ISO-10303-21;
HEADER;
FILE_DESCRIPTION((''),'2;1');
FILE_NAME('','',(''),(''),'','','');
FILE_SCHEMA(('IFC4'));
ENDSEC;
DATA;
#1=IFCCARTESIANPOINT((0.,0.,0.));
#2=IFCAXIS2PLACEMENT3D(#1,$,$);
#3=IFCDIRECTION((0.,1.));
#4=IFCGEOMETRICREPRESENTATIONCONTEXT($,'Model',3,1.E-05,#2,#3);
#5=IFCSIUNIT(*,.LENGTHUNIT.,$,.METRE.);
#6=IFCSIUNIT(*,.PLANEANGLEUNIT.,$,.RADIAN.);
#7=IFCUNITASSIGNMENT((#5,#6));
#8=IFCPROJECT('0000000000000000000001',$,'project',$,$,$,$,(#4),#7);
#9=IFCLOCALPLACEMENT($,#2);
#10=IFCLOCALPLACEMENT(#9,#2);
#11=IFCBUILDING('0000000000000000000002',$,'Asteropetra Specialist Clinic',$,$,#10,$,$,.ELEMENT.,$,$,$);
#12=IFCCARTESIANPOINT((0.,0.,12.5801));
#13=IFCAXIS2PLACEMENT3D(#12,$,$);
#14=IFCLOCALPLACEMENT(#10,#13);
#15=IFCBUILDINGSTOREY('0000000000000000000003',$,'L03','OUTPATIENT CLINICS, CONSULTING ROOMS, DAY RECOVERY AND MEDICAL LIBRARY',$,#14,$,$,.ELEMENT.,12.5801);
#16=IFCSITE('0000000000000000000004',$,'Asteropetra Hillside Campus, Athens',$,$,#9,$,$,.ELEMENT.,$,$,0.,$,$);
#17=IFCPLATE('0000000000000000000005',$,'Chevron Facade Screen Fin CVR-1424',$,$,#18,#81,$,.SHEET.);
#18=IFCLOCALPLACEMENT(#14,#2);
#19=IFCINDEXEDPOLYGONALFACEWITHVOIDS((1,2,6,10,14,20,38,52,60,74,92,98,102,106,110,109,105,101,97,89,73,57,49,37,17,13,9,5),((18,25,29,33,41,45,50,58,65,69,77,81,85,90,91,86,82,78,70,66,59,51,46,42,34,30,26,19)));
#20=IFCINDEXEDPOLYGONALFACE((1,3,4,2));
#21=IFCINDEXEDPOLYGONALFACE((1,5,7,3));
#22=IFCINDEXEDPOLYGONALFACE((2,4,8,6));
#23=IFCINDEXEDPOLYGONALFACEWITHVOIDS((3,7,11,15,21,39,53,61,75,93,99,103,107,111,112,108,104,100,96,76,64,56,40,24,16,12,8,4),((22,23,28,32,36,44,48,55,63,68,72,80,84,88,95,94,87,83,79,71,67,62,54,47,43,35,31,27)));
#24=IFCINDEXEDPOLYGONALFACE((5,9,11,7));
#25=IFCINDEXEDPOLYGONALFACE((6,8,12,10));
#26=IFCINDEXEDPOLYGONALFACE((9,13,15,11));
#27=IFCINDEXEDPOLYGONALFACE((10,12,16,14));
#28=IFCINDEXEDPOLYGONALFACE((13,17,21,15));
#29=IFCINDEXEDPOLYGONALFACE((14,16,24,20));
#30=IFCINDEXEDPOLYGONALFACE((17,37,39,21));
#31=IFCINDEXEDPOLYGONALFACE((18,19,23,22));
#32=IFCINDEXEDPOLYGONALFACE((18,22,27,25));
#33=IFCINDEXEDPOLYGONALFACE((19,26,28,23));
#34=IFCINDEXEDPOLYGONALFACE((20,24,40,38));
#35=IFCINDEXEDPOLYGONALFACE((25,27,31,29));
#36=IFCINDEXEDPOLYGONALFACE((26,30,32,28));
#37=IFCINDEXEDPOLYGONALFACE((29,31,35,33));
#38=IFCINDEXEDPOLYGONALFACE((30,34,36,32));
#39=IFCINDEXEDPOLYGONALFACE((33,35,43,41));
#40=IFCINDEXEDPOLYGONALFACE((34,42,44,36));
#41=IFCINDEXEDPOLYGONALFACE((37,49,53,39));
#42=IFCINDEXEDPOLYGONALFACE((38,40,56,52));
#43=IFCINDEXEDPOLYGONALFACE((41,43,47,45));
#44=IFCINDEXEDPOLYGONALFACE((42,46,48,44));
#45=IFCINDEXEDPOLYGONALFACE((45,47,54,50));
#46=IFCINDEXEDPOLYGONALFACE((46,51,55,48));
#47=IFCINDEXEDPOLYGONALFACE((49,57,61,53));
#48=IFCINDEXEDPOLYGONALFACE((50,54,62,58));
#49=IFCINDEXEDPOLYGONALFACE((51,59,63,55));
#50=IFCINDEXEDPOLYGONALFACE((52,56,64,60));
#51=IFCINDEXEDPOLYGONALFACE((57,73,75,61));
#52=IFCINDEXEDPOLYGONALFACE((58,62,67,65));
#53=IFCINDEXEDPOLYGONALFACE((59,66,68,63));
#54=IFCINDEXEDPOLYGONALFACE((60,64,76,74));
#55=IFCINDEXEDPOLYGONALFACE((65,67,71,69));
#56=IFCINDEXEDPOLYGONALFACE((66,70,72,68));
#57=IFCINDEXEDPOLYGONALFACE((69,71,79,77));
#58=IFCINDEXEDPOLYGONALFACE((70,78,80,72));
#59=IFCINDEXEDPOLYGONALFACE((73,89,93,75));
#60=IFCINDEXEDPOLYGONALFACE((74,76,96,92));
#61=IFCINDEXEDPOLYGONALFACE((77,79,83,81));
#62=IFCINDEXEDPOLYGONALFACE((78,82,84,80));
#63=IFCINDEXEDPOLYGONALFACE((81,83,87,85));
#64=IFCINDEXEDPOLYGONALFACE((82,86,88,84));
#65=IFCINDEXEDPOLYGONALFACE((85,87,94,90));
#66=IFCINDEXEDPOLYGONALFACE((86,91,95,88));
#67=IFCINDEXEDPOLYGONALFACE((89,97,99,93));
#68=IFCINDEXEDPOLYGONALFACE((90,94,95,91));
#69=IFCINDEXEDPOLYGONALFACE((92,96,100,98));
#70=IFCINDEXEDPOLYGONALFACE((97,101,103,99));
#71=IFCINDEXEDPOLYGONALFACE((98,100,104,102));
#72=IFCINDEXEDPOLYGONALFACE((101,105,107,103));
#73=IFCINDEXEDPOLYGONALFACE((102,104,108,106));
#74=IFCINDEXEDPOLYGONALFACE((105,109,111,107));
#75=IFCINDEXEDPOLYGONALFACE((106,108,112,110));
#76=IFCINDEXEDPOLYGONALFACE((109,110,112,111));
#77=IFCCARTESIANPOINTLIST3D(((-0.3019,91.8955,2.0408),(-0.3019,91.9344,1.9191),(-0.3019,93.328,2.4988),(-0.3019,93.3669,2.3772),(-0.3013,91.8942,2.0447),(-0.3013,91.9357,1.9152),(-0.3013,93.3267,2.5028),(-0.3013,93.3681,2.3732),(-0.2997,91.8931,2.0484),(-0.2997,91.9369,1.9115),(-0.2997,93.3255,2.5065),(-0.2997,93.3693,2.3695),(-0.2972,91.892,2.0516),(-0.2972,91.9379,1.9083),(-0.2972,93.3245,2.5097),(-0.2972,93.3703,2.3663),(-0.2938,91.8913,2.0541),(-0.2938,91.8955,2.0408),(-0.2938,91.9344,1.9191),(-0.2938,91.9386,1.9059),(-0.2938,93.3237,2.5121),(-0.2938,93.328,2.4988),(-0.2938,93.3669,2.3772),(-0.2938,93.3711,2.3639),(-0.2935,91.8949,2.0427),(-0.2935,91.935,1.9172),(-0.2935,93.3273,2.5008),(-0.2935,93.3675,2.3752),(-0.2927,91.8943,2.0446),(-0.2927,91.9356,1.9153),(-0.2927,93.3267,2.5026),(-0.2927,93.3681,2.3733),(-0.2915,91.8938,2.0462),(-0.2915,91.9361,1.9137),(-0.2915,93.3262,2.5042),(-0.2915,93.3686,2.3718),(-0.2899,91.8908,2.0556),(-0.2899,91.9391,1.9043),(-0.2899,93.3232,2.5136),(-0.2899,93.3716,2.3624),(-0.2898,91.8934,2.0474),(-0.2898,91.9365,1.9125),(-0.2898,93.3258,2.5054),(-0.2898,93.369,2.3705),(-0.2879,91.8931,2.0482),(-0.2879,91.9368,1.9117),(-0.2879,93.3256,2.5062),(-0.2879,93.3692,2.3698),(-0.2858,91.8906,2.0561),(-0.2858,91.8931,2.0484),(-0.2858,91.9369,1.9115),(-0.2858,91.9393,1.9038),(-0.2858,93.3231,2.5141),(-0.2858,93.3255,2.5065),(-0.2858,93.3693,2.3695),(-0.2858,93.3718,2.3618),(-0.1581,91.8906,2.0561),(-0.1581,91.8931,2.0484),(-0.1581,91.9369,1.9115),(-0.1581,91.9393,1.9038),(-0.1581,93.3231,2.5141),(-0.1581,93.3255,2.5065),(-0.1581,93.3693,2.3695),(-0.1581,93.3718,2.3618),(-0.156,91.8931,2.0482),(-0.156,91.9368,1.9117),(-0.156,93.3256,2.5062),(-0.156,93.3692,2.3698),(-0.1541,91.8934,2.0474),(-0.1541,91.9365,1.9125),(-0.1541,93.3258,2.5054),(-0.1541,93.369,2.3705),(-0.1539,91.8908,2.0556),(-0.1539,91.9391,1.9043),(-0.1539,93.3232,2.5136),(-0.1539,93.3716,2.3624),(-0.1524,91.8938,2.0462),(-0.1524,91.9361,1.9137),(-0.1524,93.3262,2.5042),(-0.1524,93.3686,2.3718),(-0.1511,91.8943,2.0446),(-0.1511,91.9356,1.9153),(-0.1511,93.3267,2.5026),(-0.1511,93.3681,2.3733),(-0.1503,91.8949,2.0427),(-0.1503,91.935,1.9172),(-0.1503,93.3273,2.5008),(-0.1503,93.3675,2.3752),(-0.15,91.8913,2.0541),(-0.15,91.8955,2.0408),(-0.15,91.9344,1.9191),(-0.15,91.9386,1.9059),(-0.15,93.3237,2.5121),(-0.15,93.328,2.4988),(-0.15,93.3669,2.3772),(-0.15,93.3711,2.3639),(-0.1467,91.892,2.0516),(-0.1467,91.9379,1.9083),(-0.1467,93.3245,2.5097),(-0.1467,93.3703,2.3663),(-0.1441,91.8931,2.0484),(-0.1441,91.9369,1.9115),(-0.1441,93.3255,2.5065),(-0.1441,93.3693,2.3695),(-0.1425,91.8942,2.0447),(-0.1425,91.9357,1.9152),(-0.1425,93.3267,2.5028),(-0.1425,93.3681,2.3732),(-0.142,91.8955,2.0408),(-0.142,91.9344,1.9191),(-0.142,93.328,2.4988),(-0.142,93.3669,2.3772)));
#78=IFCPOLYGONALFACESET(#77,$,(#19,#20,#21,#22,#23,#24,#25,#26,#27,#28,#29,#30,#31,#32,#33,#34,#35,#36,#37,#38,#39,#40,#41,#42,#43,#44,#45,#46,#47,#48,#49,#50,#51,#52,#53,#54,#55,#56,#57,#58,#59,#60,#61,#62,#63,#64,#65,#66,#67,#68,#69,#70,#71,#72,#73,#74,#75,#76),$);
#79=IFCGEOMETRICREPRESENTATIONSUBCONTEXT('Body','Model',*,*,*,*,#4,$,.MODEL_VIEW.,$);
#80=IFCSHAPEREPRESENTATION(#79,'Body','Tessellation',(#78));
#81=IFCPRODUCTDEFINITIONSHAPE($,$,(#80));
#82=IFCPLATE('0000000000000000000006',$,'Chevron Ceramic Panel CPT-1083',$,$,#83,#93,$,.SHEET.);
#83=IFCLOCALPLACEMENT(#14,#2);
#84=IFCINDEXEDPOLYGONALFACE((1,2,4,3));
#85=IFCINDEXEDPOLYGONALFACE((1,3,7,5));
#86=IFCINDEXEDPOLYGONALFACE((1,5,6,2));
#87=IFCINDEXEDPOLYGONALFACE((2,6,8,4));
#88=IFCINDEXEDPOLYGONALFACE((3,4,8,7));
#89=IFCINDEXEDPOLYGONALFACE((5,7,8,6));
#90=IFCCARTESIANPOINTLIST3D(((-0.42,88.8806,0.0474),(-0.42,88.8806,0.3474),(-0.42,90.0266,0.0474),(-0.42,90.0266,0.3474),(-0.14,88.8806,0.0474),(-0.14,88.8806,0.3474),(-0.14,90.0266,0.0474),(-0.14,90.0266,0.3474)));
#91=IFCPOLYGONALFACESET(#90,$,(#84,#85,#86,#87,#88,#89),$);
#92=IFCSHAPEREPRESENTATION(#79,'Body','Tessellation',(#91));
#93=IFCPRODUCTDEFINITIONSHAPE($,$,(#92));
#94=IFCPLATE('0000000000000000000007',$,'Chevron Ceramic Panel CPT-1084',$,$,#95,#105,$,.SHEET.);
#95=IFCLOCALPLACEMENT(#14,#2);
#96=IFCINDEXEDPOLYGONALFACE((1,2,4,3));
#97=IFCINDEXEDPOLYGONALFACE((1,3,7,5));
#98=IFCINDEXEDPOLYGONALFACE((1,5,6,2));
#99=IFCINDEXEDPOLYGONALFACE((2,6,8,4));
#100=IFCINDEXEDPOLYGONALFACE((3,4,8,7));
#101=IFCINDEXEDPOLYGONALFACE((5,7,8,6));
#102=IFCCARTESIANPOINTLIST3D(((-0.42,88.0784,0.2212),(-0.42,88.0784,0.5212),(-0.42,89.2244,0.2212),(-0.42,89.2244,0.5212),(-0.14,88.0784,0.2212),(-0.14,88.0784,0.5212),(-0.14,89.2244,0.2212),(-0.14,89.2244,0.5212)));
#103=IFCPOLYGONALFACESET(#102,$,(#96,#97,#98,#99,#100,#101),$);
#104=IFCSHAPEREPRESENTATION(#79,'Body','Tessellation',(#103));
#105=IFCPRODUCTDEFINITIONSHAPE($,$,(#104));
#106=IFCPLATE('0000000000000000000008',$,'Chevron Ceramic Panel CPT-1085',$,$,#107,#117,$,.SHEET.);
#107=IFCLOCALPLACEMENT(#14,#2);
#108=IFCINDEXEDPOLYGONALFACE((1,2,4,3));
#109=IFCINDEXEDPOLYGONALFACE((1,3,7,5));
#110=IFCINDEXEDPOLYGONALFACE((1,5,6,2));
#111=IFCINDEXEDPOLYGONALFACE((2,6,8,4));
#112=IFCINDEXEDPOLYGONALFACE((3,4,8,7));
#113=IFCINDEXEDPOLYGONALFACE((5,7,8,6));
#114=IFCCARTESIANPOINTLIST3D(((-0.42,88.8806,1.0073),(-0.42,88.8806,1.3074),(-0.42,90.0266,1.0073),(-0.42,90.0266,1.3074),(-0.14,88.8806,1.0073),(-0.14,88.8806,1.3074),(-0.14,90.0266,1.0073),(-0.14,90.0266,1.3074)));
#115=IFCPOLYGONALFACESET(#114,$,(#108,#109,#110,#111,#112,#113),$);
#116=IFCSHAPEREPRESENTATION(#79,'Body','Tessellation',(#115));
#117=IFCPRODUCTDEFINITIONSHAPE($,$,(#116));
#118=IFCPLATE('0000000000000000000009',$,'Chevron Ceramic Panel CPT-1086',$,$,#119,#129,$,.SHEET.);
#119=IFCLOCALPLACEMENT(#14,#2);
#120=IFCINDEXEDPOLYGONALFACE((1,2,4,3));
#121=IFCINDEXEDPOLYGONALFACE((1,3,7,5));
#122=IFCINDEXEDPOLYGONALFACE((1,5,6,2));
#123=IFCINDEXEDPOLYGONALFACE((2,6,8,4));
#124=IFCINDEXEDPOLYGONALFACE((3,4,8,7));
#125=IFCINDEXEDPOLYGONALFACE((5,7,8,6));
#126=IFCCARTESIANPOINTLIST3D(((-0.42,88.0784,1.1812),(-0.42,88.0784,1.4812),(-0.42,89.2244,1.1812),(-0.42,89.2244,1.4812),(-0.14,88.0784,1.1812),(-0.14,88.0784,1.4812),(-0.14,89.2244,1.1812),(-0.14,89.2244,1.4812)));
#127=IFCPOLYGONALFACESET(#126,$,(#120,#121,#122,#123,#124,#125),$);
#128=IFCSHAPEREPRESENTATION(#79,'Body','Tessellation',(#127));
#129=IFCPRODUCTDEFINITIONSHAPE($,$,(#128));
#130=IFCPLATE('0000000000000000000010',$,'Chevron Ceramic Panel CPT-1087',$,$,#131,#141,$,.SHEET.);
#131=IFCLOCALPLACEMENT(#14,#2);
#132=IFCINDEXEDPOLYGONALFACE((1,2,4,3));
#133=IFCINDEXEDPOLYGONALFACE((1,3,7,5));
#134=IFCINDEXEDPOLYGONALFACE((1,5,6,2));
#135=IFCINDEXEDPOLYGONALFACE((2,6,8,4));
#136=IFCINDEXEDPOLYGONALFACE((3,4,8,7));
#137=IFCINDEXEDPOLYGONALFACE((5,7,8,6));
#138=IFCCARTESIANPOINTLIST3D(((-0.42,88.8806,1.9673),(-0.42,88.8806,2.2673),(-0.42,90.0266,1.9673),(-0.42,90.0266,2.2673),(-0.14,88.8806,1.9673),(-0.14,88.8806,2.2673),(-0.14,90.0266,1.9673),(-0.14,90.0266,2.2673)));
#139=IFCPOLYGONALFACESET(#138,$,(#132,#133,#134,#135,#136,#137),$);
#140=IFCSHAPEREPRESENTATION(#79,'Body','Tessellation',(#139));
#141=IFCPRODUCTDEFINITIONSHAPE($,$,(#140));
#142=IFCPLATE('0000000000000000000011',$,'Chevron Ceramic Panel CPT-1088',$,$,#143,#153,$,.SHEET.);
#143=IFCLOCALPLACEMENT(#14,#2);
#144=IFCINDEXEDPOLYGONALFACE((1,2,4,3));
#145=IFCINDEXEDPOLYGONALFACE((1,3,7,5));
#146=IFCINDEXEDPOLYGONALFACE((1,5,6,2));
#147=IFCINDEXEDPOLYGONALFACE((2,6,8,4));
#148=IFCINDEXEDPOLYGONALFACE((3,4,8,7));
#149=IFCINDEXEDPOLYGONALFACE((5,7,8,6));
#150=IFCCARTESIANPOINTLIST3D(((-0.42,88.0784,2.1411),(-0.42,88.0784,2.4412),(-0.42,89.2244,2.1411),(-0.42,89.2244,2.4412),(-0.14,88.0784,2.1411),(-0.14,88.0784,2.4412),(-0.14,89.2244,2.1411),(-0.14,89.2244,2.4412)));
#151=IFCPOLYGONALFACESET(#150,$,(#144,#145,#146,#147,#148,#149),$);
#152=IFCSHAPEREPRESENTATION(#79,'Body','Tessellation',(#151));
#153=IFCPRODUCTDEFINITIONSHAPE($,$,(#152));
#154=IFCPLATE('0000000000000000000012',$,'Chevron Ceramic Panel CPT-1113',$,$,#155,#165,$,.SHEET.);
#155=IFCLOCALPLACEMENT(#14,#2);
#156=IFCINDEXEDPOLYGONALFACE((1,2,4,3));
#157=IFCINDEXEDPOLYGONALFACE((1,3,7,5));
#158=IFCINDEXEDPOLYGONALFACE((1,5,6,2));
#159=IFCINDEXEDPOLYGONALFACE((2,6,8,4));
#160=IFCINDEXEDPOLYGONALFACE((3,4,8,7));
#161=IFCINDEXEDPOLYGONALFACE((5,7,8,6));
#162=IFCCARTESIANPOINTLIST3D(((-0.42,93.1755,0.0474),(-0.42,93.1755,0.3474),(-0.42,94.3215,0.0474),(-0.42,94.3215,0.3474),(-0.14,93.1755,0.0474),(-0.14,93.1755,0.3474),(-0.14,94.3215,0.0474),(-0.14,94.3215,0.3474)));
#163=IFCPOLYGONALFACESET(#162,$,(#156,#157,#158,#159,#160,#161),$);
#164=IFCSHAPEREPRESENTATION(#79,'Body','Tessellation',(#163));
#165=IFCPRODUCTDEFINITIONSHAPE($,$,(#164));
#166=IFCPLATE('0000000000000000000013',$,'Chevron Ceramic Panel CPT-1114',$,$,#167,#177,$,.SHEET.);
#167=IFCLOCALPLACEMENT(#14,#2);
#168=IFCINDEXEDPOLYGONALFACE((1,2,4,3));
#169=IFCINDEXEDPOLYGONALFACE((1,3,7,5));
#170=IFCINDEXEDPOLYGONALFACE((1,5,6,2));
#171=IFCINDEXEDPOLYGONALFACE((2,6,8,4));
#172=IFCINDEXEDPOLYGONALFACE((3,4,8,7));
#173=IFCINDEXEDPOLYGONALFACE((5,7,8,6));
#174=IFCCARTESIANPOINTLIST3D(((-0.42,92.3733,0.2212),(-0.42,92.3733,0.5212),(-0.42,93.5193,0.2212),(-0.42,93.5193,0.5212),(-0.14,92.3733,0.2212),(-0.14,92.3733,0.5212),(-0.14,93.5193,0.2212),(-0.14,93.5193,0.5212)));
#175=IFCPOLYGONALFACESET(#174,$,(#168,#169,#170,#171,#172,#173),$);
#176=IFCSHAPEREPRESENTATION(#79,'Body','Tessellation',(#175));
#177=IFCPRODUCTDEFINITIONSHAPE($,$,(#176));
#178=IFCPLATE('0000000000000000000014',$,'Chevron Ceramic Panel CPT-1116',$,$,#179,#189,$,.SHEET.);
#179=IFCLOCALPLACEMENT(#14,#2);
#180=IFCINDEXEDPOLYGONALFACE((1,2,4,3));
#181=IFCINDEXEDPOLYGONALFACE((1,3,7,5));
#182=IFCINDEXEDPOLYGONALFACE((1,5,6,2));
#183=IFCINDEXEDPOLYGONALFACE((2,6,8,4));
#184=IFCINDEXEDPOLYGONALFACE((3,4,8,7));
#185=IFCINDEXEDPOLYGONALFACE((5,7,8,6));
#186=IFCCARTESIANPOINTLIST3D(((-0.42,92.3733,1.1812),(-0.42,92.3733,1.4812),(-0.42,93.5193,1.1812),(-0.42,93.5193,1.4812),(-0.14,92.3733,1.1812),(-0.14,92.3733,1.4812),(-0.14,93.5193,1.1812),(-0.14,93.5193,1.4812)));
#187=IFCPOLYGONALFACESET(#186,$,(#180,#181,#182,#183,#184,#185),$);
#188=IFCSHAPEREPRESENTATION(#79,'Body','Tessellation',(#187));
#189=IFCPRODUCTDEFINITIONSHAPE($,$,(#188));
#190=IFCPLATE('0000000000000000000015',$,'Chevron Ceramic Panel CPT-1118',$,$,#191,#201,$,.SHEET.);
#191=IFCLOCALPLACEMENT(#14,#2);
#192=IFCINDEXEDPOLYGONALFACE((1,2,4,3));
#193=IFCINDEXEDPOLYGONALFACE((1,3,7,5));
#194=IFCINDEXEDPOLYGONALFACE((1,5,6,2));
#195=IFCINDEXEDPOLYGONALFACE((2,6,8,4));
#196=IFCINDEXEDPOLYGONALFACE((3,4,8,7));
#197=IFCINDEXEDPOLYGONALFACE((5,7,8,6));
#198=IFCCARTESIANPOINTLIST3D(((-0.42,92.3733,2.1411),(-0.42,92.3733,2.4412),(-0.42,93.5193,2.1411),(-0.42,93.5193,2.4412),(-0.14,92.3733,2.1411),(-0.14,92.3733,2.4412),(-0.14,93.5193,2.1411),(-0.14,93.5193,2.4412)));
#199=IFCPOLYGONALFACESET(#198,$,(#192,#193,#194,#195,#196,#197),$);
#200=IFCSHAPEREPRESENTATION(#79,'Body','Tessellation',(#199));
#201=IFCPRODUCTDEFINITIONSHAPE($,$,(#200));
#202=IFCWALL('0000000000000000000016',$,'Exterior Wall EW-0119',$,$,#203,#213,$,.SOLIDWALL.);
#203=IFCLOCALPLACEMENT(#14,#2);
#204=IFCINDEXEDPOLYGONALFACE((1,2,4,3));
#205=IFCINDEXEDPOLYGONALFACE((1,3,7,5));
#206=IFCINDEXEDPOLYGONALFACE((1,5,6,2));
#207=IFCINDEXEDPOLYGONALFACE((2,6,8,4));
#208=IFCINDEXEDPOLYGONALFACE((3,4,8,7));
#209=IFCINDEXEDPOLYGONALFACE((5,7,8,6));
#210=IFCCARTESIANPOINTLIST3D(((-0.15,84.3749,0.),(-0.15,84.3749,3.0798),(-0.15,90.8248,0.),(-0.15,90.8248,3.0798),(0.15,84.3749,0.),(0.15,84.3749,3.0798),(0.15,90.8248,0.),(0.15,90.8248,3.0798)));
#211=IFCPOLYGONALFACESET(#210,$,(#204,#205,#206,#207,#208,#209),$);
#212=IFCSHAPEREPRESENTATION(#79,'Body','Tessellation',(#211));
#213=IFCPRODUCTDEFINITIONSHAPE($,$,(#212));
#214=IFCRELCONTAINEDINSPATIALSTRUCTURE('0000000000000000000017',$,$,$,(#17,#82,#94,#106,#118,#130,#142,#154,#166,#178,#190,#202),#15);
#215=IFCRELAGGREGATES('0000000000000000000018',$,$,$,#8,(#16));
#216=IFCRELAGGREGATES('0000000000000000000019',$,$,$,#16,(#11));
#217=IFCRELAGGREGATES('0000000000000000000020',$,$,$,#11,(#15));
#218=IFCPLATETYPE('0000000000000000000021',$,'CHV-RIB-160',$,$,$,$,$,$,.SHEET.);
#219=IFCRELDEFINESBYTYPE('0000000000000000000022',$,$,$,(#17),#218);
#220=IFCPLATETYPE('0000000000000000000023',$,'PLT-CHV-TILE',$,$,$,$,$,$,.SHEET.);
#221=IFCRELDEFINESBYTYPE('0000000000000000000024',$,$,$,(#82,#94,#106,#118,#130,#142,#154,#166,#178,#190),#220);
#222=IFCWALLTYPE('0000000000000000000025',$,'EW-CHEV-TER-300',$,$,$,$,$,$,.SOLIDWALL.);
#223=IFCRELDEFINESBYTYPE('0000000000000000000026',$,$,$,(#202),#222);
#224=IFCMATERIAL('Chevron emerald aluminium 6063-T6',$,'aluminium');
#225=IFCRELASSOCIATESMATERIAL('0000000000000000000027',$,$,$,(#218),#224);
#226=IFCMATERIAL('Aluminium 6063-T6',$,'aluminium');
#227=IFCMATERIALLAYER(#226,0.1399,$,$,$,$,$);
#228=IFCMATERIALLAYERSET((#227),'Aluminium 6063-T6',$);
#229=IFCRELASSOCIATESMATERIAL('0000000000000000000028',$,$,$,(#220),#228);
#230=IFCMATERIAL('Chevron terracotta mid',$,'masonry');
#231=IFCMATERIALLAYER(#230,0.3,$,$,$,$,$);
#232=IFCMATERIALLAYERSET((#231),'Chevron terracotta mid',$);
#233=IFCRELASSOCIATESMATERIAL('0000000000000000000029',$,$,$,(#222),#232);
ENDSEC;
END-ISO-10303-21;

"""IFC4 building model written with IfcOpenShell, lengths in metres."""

from ifc_helpers import new_model, si_unit, direction, frame, frame_2d, origin, origin_2d, place, context, subcontext, project, spatial, rectangle, hollow_rectangle, extrude, material, layer, layer_set, material_profile, profile_set, type_object, element, save


model = new_model("IFC4")

# Units and contexts
model_context = context("Model", 3, precision=1e-05, world=origin(), true_north=direction((0.0, 1.0)))
body_context = subcontext(model_context, "Body", "Model", "MODEL_VIEW")
ifc_project = project(units=[si_unit("LENGTHUNIT", "METRE"), si_unit("PLANEANGLEUNIT", "RADIAN")], contexts=[model_context])

# Site, building, storey
site_placement = place(None, origin())
site = spatial("IfcSite", under=ifc_project, at=site_placement, Name="Asteropetra Hillside Campus, Athens", CompositionType="ELEMENT", RefElevation=0.0)
building_placement = place(site_placement, origin())
building = spatial("IfcBuilding", under=site, at=building_placement, Name="Asteropetra Specialist Clinic", CompositionType="ELEMENT")
storey_placement = place(building_placement, frame((0.0, 0.0, 12.5801)))
storey = spatial("IfcBuildingStorey", under=building, at=storey_placement, Name="L03", Description="OUTPATIENT CLINICS, CONSULTING ROOMS, DAY RECOVERY AND MEDICAL LIBRARY", CompositionType="ELEMENT", Elevation=12.5801)

# Plates
ifc_material_1 = material(Name="Chevron emerald aluminium 6063-T6", Category="aluminium")
ifc_material_profile_1 = material_profile(ifc_material_1, hollow_rectangle(XDim=0.1599, YDim=0.1599, WallThickness=0.0081, InnerFilletRadius=0.0081, OuterFilletRadius=0.0161, at=origin_2d()), Name="SHS 160x160x8.0")
ifc_profile_set_1 = profile_set([ifc_material_profile_1], Name="Chevron emerald aluminium 6063-T6")
plate_type_1 = type_object("IfcPlateType", Name="CHV-RIB-160", PredefinedType="SHEET", material=ifc_profile_set_1)
for number, where, z_axis, x_axis, name in (
    (1, (-0.2219, 93.3474, 2.438), (0.0, -0.952492, -0.304564), (1.0, 0.0, 0.0), "Chevron Facade Screen Fin CVR-1424"),
):
    element("IfcPlate", number, at=place(storey_placement, frame(where, z_axis=z_axis, x_axis=x_axis)), inside=storey, type_object=plate_type_1, Name=name, PredefinedType="SHEET", context=body_context, shape_type="SweptSolid", body=[
        extrude(hollow_rectangle(XDim=0.1599, YDim=0.1599, WallThickness=0.0081, InnerFilletRadius=0.0081, OuterFilletRadius=0.0161, at=origin_2d()), origin(), (0.0, 0.0, 1.0), 1.5039),
    ])
ifc_material_2 = material(Name="Aluminium 6063-T6", Category="aluminium")
ifc_layer_1 = layer(ifc_material_2, 0.1399)
ifc_layer_set_1 = layer_set([ifc_layer_1], Name="Aluminium 6063-T6")
plate_type_2 = type_object("IfcPlateType", Name="PLT-CHV-TILE", PredefinedType="SHEET", material=ifc_layer_set_1)
for number, where, z_axis, x_axis, name in (
    (2, (-0.28, 89.4536, 0.0474), (0.0, 0.0, 1.0), (1.0, 0.0, 0.0), "Chevron Ceramic Panel CPT-1083"),
    (3, (-0.28, 88.6514, 0.2212), (0.0, 0.0, 1.0), (1.0, 0.0, 0.0), "Chevron Ceramic Panel CPT-1084"),
    (4, (-0.28, 89.4536, 1.0073), (0.0, 0.0, 1.0), (1.0, 0.0, 0.0), "Chevron Ceramic Panel CPT-1085"),
    (5, (-0.28, 88.6514, 1.1812), (0.0, 0.0, 1.0), (1.0, 0.0, 0.0), "Chevron Ceramic Panel CPT-1086"),
    (6, (-0.28, 89.4536, 1.9673), (0.0, 0.0, 1.0), (1.0, 0.0, 0.0), "Chevron Ceramic Panel CPT-1087"),
    (7, (-0.28, 88.6514, 2.1411), (0.0, 0.0, 1.0), (1.0, 0.0, 0.0), "Chevron Ceramic Panel CPT-1088"),
    (8, (-0.28, 93.7485, 0.0474), (0.0, 0.0, 1.0), (1.0, 0.0, 0.0), "Chevron Ceramic Panel CPT-1113"),
    (9, (-0.28, 92.9463, 0.2212), (0.0, 0.0, 1.0), (1.0, 0.0, 0.0), "Chevron Ceramic Panel CPT-1114"),
    (10, (-0.28, 92.9463, 1.1812), (0.0, 0.0, 1.0), (1.0, 0.0, 0.0), "Chevron Ceramic Panel CPT-1116"),
    (11, (-0.28, 92.9463, 2.1411), (0.0, 0.0, 1.0), (1.0, 0.0, 0.0), "Chevron Ceramic Panel CPT-1118"),
):
    element("IfcPlate", number, at=place(storey_placement, frame(where, z_axis=z_axis, x_axis=x_axis)), inside=storey, type_object=plate_type_2, Name=name, PredefinedType="SHEET", context=body_context, shape_type="SweptSolid", body=[
        extrude(rectangle(XDim=0.28, YDim=1.146, at=origin_2d()), origin(), (0.0, 0.0, 1.0), 0.3),
    ])

# Wall
ifc_material_3 = material(Name="Chevron terracotta mid", Category="masonry")
ifc_layer_2 = layer(ifc_material_3, 0.3)
ifc_layer_set_2 = layer_set([ifc_layer_2], Name="Chevron terracotta mid")
wall_type = type_object("IfcWallType", Name="EW-CHEV-TER-300", PredefinedType="SOLIDWALL", material=ifc_layer_set_2)
wall_placement = place(storey_placement, frame((0.0, 90.825, 0.0), z_axis=(0.0, 0.0, 1.0), x_axis=(0.0, -1.0, 0.0)))
element("IfcWall", 12, at=wall_placement, inside=storey, type_object=wall_type, Name="Exterior Wall EW-0119", PredefinedType="SOLIDWALL", context=body_context, shape_type="SweptSolid", body=[
    extrude(rectangle(XDim=6.45, YDim=0.3, at=frame_2d((3.2251, 0.0))), origin(), (0.0, 0.0, 1.0), 3.0798),
])

save(model, "model.ifc")
